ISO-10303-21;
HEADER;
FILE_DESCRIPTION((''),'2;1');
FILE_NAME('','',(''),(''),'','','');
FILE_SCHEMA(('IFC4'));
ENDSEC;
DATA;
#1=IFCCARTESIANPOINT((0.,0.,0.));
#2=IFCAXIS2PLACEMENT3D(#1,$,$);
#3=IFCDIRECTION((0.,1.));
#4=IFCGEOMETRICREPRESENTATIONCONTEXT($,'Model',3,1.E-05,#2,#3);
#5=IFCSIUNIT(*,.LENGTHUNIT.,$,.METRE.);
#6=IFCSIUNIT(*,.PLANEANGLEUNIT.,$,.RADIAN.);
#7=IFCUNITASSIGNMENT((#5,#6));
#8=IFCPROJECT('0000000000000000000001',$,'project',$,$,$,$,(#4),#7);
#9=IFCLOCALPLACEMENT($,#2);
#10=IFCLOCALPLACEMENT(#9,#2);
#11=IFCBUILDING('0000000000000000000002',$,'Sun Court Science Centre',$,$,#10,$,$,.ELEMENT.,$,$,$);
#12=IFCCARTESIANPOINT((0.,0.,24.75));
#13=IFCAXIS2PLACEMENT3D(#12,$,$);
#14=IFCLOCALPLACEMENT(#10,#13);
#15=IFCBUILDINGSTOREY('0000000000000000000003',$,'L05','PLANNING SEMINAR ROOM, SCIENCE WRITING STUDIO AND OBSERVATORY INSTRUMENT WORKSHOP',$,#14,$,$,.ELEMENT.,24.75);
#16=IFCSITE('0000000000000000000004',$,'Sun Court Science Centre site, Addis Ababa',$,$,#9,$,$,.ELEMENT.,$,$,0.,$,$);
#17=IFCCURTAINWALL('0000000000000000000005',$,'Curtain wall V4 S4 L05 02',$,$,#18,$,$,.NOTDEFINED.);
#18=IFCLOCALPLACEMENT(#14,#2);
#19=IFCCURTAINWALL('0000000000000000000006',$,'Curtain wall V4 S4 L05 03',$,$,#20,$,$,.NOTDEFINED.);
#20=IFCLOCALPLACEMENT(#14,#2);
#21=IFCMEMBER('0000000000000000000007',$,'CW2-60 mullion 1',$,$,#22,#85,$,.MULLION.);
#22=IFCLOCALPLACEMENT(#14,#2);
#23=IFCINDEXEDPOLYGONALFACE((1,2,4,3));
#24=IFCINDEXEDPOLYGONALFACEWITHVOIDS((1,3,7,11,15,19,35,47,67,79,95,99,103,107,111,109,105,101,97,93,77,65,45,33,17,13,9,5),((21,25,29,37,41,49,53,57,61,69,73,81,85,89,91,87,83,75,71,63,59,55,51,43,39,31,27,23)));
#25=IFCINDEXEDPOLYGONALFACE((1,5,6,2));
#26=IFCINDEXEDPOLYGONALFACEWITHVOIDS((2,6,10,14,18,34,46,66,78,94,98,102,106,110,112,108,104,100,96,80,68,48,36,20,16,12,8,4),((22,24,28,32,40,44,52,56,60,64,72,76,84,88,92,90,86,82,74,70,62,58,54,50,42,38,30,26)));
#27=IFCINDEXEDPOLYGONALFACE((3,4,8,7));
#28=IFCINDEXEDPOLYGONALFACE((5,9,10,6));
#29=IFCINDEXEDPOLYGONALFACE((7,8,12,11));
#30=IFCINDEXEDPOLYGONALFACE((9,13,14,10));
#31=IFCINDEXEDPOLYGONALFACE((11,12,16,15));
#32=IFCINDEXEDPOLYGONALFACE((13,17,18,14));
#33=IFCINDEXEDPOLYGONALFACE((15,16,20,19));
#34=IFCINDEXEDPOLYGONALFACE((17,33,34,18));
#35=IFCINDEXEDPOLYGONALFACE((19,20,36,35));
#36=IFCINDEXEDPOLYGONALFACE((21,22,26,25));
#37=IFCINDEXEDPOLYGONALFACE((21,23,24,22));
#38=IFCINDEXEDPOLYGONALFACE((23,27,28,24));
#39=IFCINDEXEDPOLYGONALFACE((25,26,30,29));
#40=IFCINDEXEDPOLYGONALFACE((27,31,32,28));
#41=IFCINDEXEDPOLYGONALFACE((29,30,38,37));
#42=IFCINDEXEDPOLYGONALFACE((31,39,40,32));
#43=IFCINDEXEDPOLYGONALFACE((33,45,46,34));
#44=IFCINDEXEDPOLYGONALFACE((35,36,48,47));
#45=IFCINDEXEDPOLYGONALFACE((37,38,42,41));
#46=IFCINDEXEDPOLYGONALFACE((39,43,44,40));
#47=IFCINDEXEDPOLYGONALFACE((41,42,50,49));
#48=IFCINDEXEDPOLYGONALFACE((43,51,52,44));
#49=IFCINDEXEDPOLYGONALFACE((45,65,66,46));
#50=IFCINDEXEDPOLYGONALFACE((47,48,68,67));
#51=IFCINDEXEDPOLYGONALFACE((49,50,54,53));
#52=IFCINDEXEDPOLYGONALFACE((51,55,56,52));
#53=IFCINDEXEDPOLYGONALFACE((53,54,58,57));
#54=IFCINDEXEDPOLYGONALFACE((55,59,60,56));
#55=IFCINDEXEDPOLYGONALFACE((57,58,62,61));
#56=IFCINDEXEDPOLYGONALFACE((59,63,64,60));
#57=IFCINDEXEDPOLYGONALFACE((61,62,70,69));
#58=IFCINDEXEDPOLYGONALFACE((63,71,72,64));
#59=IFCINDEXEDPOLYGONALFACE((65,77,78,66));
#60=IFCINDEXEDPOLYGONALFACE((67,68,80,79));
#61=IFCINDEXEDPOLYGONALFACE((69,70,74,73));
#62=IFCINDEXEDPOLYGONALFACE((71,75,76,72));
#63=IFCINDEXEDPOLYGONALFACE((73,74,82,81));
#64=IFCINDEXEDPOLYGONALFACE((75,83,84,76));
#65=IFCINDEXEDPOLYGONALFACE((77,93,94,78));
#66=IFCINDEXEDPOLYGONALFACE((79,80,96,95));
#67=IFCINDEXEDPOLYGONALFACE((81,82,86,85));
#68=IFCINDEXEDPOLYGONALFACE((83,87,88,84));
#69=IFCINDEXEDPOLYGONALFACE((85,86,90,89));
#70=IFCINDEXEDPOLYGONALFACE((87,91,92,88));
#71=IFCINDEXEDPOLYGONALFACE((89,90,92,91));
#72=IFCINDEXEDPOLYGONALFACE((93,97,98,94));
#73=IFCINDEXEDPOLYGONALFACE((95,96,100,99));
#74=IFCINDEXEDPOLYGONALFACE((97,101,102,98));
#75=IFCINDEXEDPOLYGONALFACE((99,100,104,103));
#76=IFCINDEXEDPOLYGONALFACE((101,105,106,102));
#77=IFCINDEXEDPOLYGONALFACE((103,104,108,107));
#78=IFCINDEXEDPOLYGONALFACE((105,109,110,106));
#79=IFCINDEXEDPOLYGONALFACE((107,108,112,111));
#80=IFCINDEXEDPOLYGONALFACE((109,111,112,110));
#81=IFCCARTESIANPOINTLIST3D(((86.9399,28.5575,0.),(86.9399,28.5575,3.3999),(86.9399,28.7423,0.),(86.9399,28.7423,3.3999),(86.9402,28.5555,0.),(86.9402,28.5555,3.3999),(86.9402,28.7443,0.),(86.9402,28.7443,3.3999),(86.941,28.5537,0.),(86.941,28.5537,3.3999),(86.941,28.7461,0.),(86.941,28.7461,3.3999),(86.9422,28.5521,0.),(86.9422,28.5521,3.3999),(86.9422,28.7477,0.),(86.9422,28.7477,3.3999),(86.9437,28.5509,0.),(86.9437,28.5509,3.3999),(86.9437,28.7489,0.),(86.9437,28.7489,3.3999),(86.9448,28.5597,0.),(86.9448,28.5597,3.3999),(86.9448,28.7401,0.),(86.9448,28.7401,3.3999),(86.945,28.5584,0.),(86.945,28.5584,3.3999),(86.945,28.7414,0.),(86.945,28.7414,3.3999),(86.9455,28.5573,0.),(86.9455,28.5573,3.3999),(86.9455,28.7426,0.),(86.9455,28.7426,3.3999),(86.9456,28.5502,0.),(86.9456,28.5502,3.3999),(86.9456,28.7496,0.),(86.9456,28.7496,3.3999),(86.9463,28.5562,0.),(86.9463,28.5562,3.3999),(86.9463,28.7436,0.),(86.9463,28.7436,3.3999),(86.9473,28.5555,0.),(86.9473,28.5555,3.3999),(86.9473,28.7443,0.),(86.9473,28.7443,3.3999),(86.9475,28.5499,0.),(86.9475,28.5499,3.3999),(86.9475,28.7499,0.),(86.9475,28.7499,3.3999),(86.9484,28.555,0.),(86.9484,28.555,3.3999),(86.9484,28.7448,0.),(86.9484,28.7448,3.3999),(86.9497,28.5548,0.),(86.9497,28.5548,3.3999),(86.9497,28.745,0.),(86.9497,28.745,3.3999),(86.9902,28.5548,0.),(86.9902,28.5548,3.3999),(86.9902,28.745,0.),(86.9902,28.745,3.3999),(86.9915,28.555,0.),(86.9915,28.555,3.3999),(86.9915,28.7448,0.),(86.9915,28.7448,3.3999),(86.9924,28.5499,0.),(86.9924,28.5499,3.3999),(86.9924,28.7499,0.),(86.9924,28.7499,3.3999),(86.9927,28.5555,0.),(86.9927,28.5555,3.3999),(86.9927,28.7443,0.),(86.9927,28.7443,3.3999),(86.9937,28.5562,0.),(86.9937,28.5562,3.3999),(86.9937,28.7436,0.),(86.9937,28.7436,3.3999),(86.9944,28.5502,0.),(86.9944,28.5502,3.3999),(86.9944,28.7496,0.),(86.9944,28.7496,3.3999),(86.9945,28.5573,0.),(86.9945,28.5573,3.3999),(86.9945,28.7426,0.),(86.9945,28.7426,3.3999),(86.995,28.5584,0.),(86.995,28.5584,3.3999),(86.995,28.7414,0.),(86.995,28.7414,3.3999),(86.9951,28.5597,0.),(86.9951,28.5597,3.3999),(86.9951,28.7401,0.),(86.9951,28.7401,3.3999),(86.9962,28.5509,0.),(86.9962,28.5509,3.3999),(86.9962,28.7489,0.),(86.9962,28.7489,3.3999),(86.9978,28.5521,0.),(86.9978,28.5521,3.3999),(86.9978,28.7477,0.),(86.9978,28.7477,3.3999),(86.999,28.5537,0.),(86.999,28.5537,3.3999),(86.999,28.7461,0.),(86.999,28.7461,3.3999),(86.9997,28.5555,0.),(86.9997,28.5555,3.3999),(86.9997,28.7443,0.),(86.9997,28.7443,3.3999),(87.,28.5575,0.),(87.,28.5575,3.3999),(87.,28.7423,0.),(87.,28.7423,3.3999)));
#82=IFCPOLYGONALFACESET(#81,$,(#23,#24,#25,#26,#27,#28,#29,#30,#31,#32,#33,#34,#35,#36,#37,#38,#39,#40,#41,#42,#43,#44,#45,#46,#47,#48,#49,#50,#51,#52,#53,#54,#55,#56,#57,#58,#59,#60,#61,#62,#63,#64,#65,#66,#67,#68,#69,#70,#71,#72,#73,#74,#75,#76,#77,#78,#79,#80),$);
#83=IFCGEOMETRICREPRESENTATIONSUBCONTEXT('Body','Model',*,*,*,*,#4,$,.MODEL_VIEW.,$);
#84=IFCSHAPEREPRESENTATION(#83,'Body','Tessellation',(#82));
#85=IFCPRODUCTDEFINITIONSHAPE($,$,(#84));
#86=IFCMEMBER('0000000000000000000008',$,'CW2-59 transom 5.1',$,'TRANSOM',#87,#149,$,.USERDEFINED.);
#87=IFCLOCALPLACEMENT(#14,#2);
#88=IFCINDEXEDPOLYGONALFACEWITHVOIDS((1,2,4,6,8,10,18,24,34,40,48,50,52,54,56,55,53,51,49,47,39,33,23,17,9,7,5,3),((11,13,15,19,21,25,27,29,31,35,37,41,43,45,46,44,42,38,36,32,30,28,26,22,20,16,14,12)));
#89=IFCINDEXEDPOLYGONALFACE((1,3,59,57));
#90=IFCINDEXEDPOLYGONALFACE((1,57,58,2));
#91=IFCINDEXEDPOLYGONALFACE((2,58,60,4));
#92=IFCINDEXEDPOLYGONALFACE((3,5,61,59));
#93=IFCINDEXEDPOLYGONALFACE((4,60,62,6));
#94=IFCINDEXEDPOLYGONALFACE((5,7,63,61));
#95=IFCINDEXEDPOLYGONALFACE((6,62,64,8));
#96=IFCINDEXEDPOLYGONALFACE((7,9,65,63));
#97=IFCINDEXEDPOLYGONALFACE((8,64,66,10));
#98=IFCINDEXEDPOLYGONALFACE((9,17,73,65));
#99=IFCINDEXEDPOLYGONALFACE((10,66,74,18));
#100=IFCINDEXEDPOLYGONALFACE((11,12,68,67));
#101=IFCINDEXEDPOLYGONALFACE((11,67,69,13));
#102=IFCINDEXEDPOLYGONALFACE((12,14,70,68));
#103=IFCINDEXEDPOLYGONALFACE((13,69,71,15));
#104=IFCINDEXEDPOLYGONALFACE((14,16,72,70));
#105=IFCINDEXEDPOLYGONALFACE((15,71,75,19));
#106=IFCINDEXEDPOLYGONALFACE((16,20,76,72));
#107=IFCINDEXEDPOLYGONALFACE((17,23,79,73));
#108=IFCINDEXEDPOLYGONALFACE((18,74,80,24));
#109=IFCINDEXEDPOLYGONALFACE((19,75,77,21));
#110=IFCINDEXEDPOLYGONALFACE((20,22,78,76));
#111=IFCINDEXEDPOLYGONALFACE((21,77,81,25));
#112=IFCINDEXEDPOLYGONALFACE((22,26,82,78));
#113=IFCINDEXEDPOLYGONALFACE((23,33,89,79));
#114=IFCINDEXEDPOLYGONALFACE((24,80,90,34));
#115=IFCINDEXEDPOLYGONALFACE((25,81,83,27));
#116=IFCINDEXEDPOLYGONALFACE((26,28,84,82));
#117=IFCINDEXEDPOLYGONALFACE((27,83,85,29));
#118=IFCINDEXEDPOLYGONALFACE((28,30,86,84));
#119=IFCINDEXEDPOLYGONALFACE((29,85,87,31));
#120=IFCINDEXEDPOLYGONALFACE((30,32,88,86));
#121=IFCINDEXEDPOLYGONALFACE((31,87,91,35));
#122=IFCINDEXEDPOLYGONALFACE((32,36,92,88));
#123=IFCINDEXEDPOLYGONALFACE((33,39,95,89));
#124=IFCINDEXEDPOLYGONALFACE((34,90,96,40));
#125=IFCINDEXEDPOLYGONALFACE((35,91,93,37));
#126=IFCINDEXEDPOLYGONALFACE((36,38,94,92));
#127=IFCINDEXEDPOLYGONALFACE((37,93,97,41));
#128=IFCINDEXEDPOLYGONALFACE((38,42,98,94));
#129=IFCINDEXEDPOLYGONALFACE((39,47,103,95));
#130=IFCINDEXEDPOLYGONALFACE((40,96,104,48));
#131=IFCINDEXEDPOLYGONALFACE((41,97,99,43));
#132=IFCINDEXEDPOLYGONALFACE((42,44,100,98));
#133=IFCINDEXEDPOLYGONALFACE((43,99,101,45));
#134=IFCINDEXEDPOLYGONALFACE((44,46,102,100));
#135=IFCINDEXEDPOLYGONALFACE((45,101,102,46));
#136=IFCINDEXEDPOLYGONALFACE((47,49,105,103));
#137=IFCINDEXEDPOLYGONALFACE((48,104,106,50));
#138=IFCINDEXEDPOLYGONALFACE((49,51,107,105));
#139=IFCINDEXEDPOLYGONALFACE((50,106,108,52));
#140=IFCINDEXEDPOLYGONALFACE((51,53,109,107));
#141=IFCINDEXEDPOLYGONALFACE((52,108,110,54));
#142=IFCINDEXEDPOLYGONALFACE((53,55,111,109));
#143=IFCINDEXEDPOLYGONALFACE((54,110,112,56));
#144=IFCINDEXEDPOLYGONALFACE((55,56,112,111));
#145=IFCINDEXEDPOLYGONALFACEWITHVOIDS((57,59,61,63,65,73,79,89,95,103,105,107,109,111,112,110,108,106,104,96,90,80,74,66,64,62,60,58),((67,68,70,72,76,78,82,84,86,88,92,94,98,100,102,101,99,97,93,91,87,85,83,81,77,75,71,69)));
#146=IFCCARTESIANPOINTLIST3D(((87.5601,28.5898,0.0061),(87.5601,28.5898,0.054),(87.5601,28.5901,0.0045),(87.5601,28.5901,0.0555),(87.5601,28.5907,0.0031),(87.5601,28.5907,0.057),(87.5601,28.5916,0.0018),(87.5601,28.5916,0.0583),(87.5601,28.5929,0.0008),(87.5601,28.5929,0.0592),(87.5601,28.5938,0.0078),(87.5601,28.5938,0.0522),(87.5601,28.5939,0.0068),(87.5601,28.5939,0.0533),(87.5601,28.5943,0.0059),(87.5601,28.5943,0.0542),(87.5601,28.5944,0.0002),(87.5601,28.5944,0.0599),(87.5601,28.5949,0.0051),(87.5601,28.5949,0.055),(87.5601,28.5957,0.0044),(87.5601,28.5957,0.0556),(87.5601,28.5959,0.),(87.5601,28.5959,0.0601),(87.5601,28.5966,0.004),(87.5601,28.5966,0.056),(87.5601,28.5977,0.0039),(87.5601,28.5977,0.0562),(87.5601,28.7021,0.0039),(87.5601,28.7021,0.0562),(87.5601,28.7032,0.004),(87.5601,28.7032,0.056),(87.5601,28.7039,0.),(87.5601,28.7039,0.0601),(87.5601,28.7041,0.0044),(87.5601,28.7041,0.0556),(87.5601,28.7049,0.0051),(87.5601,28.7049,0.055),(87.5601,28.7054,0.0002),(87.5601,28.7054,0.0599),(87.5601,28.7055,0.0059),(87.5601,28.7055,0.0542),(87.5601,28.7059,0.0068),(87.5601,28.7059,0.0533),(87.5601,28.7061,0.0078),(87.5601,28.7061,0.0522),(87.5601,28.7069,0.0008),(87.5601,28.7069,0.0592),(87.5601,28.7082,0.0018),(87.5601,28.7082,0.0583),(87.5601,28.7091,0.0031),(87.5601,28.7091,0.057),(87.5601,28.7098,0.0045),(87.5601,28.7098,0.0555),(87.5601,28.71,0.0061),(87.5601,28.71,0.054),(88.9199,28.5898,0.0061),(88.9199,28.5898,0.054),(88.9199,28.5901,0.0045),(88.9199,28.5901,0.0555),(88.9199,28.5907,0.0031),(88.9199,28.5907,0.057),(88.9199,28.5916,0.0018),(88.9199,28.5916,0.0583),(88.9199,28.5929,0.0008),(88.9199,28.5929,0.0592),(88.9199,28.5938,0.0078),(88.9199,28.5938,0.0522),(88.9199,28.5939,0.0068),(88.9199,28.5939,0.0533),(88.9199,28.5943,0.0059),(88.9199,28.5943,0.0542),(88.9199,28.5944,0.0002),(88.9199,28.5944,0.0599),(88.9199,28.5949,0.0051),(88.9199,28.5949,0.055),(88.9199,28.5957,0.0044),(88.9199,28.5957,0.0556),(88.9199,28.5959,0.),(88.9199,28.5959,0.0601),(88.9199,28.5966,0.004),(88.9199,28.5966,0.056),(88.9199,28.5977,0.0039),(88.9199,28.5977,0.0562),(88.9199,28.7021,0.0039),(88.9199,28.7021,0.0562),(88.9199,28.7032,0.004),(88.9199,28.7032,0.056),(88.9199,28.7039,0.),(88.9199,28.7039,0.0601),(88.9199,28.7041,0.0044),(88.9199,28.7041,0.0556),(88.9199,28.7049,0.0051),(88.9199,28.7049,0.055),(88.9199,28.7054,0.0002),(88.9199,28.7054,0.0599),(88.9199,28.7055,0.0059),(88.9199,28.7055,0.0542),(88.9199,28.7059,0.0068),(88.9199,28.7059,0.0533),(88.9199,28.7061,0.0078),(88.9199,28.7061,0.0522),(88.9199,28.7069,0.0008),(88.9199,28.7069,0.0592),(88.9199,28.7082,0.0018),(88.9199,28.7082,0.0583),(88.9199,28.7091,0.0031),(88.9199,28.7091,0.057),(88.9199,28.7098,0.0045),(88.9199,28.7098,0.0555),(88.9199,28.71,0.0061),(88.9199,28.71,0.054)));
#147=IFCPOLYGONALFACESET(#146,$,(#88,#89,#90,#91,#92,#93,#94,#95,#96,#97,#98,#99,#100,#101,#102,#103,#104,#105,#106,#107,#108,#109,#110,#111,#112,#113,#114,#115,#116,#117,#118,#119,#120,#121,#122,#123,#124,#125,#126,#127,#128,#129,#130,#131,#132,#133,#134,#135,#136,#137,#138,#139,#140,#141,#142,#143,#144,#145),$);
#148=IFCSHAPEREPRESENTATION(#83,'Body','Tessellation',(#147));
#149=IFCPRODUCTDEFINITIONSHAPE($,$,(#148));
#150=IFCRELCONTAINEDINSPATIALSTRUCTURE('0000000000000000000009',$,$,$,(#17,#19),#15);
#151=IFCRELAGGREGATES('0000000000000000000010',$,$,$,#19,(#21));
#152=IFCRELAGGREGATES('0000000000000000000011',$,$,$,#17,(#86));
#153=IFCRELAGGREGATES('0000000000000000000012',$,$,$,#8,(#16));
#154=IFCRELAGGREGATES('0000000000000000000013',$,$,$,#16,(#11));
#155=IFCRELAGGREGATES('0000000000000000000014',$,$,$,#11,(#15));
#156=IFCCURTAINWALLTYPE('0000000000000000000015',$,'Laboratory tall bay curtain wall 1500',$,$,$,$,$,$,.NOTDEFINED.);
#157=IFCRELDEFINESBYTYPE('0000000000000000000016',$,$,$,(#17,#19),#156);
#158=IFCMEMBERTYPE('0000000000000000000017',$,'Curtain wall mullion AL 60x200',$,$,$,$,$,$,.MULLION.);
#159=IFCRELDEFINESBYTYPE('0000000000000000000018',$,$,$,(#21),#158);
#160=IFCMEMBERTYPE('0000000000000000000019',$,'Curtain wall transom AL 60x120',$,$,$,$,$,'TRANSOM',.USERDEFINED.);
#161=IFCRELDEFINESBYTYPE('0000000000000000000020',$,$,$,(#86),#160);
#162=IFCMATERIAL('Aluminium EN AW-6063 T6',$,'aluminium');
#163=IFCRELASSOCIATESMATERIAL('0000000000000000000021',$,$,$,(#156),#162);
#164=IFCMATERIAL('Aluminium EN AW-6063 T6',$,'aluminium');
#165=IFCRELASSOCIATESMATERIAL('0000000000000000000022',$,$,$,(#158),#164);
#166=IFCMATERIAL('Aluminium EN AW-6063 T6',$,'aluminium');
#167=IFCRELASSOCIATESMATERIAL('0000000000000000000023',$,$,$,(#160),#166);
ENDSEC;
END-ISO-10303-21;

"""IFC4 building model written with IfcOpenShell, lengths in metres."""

from ifc_helpers import new_model, si_unit, direction, frame, origin, origin_2d, place, context, subcontext, project, spatial, hollow_rectangle, extrude, material, material_profile, profile_set, type_object, element, aggregate, save


model = new_model("IFC4")

# Units and contexts
model_context = context("Model", 3, precision=1e-05, world=origin(), true_north=direction((0.0, 1.0)))
body_context = subcontext(model_context, "Body", "Model", "MODEL_VIEW")
ifc_project = project(units=[si_unit("LENGTHUNIT", "METRE"), si_unit("PLANEANGLEUNIT", "RADIAN")], contexts=[model_context])

# Site, building, storey
site_placement = place(None, origin())
site = spatial("IfcSite", under=ifc_project, at=site_placement, Name="Sun Court Science Centre site, Addis Ababa", CompositionType="ELEMENT", RefElevation=0.0)
building_placement = place(site_placement, origin())
building = spatial("IfcBuilding", under=site, at=building_placement, Name="Sun Court Science Centre", CompositionType="ELEMENT")
storey_placement = place(building_placement, frame((0.0, 0.0, 24.75)))
storey = spatial("IfcBuildingStorey", under=building, at=storey_placement, Name="L05", Description="PLANNING SEMINAR ROOM, SCIENCE WRITING STUDIO AND OBSERVATORY INSTRUMENT WORKSHOP", CompositionType="ELEMENT", Elevation=24.75)

# Curtain wall
ifc_material_1 = material(Name="Aluminium EN AW-6063 T6", Category="aluminium")
curtain_wall_type = type_object("IfcCurtainWallType", Name="Laboratory tall bay curtain wall 1500", PredefinedType="NOTDEFINED", material=ifc_material_1)
curtain_wall_1_placement = place(storey_placement, origin())
curtain_wall_1 = element("IfcCurtainWall", 1, at=curtain_wall_1_placement, inside=storey, type_object=curtain_wall_type, Name="Curtain wall V4 S4 L05 02", PredefinedType="NOTDEFINED")
ifc_material_2 = material(Name="Aluminium EN AW-6063 T6", Category="aluminium")
ifc_material_profile_1 = material_profile(ifc_material_2, hollow_rectangle(XDim=0.0601, YDim=0.2, WallThickness=0.0049, InnerFilletRadius=0.0049, OuterFilletRadius=0.0076, at=origin_2d()), Name="AL 60x200x5")
ifc_profile_set_1 = profile_set([ifc_material_profile_1], Name="Aluminium EN AW-6063 T6")
member_type_1 = type_object("IfcMemberType", Name="Curtain wall mullion AL 60x200", PredefinedType="MULLION", material=ifc_profile_set_1)

# Curtain wall, member
curtain_wall_2_placement = place(storey_placement, origin())
curtain_wall_2 = element("IfcCurtainWall", 2, at=curtain_wall_2_placement, inside=storey, type_object=curtain_wall_type, Name="Curtain wall V4 S4 L05 03", PredefinedType="NOTDEFINED")
member_1_placement = place(storey_placement, frame((86.97, 28.6499, 0.0), z_axis=(0.0, 0.0, 1.0), x_axis=(-1.0, 0.0, 0.0)))
member_1 = element("IfcMember", 3, at=member_1_placement, type_object=member_type_1, Name="CW2-60 mullion 1", PredefinedType="MULLION", context=body_context, shape_type="SweptSolid", body=[
    extrude(hollow_rectangle(XDim=0.0601, YDim=0.2, WallThickness=0.0049, InnerFilletRadius=0.0049, OuterFilletRadius=0.0076, at=origin_2d()), origin(), (0.0, 0.0, 1.0), 3.3999),
])

# Member
ifc_material_3 = material(Name="Aluminium EN AW-6063 T6", Category="aluminium")
ifc_material_profile_2 = material_profile(ifc_material_3, hollow_rectangle(XDim=0.0601, YDim=0.1201, WallThickness=0.0039, InnerFilletRadius=0.0039, OuterFilletRadius=0.0061, at=origin_2d()), Name="AL 60x120x4")
ifc_profile_set_2 = profile_set([ifc_material_profile_2], Name="Aluminium EN AW-6063 T6")
member_type_2 = type_object("IfcMemberType", Name="Curtain wall transom AL 60x120", ElementType="TRANSOM", PredefinedType="USERDEFINED", material=ifc_profile_set_2)
member_2_placement = place(storey_placement, frame((88.9199, 28.6499, 0.03), z_axis=(-1.0, 0.0, 0.0), x_axis=(0.0, 0.0, 1.0)))
member_2 = element("IfcMember", 4, at=member_2_placement, type_object=member_type_2, Name="CW2-59 transom 5.1", ObjectType="TRANSOM", PredefinedType="USERDEFINED", context=body_context, shape_type="SweptSolid", body=[
    extrude(hollow_rectangle(XDim=0.0601, YDim=0.1201, WallThickness=0.0039, InnerFilletRadius=0.0039, OuterFilletRadius=0.0061, at=origin_2d()), origin(), (0.0, 0.0, 1.0), 1.3599),
])
aggregate(curtain_wall_2, [member_1])

aggregate(curtain_wall_1, [member_2])

save(model, "model.ifc")
